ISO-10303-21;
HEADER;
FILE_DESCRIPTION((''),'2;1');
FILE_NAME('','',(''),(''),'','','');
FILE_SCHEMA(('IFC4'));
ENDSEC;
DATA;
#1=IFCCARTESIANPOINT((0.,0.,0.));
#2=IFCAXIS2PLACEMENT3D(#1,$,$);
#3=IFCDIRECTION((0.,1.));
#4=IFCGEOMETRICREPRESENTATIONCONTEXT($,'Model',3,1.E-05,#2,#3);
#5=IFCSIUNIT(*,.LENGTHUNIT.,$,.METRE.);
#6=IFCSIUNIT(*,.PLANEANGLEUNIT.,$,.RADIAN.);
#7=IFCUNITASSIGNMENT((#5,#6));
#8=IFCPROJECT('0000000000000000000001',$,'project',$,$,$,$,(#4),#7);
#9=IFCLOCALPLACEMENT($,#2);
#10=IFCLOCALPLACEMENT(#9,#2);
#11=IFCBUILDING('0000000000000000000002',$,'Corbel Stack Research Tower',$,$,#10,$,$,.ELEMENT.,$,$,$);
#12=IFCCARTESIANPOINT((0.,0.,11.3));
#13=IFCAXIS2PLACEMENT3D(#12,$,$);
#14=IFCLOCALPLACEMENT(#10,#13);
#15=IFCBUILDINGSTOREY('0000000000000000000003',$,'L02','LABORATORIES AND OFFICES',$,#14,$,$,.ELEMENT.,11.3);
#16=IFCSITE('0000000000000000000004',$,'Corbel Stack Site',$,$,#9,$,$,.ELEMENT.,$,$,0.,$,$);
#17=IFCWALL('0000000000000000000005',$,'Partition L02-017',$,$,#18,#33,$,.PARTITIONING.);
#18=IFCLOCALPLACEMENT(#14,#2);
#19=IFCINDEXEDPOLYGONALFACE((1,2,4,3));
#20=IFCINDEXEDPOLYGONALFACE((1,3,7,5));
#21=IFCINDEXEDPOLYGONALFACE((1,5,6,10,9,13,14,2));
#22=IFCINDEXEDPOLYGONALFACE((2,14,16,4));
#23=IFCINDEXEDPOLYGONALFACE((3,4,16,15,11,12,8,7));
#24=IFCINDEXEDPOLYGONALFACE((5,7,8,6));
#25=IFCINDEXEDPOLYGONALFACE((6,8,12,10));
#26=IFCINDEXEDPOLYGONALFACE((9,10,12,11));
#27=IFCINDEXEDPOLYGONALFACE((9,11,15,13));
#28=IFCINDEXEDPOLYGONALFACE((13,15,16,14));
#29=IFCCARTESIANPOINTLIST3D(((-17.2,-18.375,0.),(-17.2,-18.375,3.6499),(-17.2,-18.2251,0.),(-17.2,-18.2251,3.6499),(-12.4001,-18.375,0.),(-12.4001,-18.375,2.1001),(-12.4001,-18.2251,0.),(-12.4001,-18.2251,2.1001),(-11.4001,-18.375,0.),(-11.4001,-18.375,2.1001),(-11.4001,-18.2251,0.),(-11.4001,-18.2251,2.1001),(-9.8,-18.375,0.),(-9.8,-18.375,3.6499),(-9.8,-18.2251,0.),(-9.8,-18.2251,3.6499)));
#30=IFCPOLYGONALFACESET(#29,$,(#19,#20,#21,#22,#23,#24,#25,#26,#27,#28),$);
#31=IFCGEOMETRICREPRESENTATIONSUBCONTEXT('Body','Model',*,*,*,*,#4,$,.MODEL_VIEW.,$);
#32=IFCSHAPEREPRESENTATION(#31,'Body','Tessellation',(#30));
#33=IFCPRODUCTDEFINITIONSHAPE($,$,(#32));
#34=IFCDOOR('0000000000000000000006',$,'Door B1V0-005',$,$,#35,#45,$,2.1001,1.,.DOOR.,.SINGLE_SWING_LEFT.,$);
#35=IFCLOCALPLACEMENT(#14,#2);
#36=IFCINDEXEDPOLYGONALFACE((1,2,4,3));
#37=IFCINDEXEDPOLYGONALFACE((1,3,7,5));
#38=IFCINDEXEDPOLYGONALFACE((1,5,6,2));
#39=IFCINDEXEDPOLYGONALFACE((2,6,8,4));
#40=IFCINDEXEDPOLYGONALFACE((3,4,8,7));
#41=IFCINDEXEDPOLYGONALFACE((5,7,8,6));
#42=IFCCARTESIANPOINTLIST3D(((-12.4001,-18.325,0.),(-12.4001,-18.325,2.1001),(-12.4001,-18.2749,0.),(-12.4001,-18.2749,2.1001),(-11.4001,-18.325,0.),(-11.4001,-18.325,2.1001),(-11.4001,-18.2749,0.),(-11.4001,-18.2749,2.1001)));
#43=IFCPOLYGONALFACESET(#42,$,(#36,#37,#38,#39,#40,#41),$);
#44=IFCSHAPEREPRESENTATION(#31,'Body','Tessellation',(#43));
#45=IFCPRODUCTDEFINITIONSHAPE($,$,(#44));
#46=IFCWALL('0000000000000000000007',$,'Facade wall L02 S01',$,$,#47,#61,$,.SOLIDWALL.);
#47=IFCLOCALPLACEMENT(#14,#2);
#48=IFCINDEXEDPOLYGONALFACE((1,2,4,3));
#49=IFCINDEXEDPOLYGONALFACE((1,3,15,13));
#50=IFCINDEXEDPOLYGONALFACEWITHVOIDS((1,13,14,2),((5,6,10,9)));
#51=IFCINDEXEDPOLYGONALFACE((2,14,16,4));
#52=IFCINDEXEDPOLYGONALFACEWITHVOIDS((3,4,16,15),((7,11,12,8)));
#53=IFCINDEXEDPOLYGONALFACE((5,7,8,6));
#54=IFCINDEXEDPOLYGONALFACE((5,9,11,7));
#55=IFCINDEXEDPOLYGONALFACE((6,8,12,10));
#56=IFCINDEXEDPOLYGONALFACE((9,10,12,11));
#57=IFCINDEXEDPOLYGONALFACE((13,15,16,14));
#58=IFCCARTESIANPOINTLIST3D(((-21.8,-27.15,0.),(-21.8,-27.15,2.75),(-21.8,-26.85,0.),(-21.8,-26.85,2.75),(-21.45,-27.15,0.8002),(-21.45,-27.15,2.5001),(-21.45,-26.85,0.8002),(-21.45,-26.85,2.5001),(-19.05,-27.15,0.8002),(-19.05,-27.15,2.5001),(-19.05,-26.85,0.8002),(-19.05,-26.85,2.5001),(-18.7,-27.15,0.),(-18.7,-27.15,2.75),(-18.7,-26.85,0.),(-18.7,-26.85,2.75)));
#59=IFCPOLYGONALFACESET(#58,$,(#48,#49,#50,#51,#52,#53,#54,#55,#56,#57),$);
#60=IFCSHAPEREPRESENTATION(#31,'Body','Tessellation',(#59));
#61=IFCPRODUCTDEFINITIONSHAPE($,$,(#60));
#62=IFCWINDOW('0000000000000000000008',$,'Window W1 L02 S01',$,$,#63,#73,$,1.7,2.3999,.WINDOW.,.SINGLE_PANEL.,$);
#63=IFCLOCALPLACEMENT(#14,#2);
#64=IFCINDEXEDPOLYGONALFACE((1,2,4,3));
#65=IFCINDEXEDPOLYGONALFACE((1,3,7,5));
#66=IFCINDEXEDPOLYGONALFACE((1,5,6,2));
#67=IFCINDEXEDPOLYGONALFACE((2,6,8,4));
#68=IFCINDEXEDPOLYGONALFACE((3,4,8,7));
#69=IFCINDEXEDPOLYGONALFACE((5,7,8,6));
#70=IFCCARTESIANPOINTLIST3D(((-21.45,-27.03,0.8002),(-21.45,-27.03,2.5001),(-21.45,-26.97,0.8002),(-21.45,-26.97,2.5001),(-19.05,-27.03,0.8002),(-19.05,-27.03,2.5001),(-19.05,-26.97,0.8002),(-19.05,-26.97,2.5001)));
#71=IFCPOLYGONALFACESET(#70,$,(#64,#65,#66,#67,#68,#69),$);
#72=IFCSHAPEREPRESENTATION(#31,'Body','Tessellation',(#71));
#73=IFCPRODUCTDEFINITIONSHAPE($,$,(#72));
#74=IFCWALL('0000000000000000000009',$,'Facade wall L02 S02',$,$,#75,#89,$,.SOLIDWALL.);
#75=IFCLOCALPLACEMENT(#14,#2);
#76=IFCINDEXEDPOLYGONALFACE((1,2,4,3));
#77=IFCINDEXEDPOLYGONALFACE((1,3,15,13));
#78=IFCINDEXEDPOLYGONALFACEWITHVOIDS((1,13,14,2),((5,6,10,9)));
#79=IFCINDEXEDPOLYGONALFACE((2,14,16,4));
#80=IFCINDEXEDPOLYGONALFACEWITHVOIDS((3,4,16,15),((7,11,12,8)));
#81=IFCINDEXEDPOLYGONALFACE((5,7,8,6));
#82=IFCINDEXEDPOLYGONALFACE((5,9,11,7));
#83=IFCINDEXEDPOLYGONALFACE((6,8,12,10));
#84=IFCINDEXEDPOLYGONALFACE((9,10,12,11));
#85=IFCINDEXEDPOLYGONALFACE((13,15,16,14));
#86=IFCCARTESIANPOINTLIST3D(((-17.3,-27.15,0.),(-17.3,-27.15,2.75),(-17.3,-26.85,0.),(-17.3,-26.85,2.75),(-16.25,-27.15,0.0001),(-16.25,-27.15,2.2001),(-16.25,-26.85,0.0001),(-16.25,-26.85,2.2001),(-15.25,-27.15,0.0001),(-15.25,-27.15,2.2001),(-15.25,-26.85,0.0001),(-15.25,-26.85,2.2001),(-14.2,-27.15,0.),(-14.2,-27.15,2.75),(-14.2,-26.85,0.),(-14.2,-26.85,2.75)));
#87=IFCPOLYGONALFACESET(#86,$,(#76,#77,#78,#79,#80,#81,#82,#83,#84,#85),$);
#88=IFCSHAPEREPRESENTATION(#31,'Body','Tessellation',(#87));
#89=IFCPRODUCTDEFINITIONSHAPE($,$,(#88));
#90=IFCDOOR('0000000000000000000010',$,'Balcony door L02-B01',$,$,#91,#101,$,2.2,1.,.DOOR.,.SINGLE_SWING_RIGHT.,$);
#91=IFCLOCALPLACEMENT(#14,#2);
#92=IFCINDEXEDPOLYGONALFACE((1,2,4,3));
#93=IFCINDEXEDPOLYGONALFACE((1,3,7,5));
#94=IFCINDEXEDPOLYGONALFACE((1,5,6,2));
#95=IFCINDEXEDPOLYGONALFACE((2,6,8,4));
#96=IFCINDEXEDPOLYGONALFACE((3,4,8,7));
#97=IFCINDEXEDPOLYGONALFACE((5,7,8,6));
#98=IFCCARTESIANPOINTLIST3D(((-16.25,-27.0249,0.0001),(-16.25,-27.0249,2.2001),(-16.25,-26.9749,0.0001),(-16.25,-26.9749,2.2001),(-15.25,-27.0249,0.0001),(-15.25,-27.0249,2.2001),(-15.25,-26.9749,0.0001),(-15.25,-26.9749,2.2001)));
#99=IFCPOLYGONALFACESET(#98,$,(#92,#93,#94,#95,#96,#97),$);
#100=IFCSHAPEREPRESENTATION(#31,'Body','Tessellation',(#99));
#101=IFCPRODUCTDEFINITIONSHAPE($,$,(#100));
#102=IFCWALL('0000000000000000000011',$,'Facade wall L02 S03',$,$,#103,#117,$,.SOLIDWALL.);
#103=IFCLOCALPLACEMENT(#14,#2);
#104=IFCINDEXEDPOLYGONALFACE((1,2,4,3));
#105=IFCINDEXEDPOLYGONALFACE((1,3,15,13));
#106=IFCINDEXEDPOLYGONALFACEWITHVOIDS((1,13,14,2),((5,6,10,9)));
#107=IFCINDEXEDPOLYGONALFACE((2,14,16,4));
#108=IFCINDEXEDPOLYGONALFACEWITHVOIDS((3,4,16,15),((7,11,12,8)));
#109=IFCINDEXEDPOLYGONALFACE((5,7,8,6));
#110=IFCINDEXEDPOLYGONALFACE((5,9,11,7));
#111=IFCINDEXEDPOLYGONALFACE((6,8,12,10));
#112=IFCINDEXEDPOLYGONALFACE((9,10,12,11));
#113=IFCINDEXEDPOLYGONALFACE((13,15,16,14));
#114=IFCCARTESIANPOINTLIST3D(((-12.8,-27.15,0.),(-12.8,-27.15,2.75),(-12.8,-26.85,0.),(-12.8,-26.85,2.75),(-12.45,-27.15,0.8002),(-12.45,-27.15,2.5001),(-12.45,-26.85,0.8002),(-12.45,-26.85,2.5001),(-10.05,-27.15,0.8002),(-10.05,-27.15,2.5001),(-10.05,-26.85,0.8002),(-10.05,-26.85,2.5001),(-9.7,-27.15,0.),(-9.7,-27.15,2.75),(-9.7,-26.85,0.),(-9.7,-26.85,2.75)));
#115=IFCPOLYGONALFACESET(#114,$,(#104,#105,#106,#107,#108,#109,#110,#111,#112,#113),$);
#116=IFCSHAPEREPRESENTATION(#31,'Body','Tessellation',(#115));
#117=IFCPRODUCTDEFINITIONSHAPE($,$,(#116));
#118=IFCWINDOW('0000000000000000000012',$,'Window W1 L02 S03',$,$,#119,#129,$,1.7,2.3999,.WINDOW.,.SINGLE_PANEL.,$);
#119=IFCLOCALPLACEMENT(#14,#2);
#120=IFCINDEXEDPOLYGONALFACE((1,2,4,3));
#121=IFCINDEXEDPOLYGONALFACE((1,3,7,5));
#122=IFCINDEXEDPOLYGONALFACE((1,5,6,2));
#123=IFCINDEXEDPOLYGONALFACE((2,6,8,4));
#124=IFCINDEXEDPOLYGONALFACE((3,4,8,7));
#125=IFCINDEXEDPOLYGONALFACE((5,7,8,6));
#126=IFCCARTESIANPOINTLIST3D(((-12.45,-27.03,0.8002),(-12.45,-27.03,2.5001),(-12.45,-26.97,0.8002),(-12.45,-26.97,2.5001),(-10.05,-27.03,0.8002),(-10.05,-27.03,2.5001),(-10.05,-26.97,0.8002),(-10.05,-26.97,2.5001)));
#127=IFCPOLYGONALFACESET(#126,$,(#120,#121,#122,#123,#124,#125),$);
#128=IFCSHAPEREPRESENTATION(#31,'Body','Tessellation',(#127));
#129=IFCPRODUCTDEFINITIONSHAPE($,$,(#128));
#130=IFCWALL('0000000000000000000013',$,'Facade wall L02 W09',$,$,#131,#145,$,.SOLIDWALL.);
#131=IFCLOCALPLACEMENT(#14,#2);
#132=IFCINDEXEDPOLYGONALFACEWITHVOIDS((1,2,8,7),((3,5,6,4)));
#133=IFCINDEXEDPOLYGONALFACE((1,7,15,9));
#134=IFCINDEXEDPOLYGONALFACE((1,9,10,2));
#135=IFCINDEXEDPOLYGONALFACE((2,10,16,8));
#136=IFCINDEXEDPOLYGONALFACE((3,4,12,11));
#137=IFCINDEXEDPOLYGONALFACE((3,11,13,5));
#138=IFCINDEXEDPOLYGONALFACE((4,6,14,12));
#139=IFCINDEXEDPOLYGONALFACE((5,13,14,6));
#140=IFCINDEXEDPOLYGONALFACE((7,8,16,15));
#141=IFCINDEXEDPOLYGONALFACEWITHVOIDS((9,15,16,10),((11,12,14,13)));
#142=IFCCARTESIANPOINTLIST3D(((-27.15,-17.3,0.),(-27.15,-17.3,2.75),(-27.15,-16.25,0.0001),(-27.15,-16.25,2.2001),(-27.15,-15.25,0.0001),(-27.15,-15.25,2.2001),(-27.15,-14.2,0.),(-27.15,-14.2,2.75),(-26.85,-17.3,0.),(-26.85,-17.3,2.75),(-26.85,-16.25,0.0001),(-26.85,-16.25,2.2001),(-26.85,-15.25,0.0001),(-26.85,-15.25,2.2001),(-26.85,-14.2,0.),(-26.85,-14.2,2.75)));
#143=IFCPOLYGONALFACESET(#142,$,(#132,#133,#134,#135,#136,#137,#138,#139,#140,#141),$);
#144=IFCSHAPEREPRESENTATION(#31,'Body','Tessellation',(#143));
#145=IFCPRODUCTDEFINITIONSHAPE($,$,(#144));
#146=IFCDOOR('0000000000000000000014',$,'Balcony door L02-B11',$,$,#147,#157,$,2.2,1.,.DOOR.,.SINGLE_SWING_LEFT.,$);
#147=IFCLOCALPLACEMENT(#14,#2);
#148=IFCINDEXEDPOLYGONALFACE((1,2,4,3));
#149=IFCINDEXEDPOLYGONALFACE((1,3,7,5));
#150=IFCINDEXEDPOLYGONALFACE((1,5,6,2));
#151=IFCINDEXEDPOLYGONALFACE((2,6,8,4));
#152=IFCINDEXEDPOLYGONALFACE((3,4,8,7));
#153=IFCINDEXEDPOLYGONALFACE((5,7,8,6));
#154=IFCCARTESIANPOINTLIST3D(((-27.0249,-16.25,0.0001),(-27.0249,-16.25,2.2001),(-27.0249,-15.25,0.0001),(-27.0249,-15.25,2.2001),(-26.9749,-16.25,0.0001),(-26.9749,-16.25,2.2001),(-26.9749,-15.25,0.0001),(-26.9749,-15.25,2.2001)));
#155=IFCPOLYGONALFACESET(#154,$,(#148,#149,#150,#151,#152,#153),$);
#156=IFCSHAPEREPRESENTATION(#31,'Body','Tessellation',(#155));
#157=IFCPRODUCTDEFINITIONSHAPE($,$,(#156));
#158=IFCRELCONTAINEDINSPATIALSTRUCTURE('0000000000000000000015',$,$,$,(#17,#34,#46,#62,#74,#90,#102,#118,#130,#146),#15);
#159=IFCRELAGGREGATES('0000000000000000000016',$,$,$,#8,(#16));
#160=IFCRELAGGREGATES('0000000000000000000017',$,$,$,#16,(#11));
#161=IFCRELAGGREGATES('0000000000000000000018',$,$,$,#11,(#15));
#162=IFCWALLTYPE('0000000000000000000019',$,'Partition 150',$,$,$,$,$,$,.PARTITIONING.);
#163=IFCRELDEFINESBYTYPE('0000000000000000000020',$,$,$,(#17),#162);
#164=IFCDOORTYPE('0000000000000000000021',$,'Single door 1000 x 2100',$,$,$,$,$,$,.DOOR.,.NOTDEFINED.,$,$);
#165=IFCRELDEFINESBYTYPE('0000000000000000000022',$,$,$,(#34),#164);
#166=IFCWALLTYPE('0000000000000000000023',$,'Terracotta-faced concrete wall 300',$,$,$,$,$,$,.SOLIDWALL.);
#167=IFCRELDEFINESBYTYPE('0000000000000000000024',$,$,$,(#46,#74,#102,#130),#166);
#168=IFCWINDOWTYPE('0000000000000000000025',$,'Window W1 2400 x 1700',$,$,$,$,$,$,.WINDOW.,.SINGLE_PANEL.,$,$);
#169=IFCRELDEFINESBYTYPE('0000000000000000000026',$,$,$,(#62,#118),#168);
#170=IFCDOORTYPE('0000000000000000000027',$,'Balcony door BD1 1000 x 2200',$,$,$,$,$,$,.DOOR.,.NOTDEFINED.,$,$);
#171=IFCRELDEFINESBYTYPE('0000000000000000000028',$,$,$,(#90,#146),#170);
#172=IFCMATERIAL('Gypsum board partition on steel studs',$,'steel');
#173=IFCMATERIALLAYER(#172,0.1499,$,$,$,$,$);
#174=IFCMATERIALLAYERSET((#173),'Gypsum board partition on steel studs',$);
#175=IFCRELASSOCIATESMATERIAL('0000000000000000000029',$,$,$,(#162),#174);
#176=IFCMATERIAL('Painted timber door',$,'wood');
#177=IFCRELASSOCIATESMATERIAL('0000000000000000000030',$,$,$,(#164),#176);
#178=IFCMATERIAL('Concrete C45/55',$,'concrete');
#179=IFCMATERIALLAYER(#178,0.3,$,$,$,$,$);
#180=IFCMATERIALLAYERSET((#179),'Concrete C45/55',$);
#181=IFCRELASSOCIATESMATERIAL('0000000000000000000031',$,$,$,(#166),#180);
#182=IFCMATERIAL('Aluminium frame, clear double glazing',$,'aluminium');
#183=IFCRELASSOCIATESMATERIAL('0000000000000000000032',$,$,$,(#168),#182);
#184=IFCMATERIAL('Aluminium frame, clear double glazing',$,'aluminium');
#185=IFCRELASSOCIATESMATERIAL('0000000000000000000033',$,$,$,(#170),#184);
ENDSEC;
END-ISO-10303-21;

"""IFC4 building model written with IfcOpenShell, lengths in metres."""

from ifc_helpers import new_model, si_unit, direction, frame, frame_2d, origin, place, context, subcontext, project, spatial, rectangle, extrude, material, layer, layer_set, type_object, element, fill, save


model = new_model("IFC4")

# Units and contexts
model_context = context("Model", 3, precision=1e-05, world=origin(), true_north=direction((0.0, 1.0)))
body_context = subcontext(model_context, "Body", "Model", "MODEL_VIEW")
ifc_project = project(units=[si_unit("LENGTHUNIT", "METRE"), si_unit("PLANEANGLEUNIT", "RADIAN")], contexts=[model_context])

# Site, building, storey
site_placement = place(None, origin())
site = spatial("IfcSite", under=ifc_project, at=site_placement, Name="Corbel Stack Site", CompositionType="ELEMENT", RefElevation=0.0)
building_placement = place(site_placement, origin())
building = spatial("IfcBuilding", under=site, at=building_placement, Name="Corbel Stack Research Tower", CompositionType="ELEMENT")
storey_placement = place(building_placement, frame((0.0, 0.0, 11.3)))
storey = spatial("IfcBuildingStorey", under=building, at=storey_placement, Name="L02", Description="LABORATORIES AND OFFICES", CompositionType="ELEMENT", Elevation=11.3)

# Wall, opening, door
ifc_material_1 = material(Name="Gypsum board partition on steel studs", Category="steel")
ifc_layer_1 = layer(ifc_material_1, 0.1499)
ifc_layer_set_1 = layer_set([ifc_layer_1], Name="Gypsum board partition on steel studs")
wall_type_1 = type_object("IfcWallType", Name="Partition 150", PredefinedType="PARTITIONING", material=ifc_layer_set_1)
ifc_material_2 = material(Name="Painted timber door", Category="wood")
door_type_1 = type_object("IfcDoorType", Name="Single door 1000 x 2100", OperationType="NOTDEFINED", PredefinedType="DOOR", material=ifc_material_2)
wall_1_placement = place(storey_placement, frame((-9.8, -18.3, 0.0), z_axis=(0.0, 0.0, 1.0), x_axis=(-1.0, 0.0, 0.0)))
wall_1 = element("IfcWall", 1, at=wall_1_placement, inside=storey, type_object=wall_type_1, Name="Partition L02-017", PredefinedType="PARTITIONING", context=body_context, shape_type="SweptSolid", body=[
    extrude(rectangle(XDim=7.3999, YDim=0.1499, at=frame_2d((3.7, 0.0))), origin(), (0.0, 0.0, 1.0), 3.6499),
])
opening_1_placement = place(wall_1_placement, frame((1.6001, 0.0, 0.0)))
opening_1 = element("IfcOpeningElement", 2, at=opening_1_placement, cuts=wall_1, PredefinedType="OPENING", context=body_context, shape_type="SweptSolid", body=[
    extrude(rectangle(XDim=1.0, YDim=2.1001, at=frame_2d((0.5, 1.05))), frame((0.0, 0.085, 0.0), z_axis=(0.0, -1.0, 0.0), x_axis=(1.0, 0.0, 0.0)), (0.0, 0.0, 1.0), 0.1699),
])
door_1_placement = place(opening_1_placement, origin())
door_1 = element("IfcDoor", 3, at=door_1_placement, inside=storey, type_object=door_type_1, Name="Door B1V0-005", OperationType="SINGLE_SWING_LEFT", OverallHeight=2.1001, OverallWidth=1.0, PredefinedType="DOOR", context=body_context, shape_type="SweptSolid", body=[
    extrude(rectangle(XDim=1.0, YDim=2.1001, at=frame_2d((0.5, 1.05))), frame((0.0, 0.0249, 0.0), z_axis=(0.0, -1.0, 0.0), x_axis=(1.0, 0.0, 0.0)), (0.0, 0.0, 1.0), 0.05),
])
fill(opening_1, door_1)

# Wall, opening, window
ifc_material_3 = material(Name="Concrete C45/55", Category="concrete")
ifc_layer_2 = layer(ifc_material_3, 0.3)
ifc_layer_set_2 = layer_set([ifc_layer_2], Name="Concrete C45/55")
wall_type_2 = type_object("IfcWallType", Name="Terracotta-faced concrete wall 300", PredefinedType="SOLIDWALL", material=ifc_layer_set_2)
wall_2_placement = place(storey_placement, frame((-18.7, -27.0, 0.0), z_axis=(0.0, 0.0, 1.0), x_axis=(-1.0, 0.0, 0.0)))
wall_2 = element("IfcWall", 4, at=wall_2_placement, inside=storey, type_object=wall_type_2, Name="Facade wall L02 S01", PredefinedType="SOLIDWALL", context=body_context, shape_type="SweptSolid", body=[
    extrude(rectangle(XDim=3.1001, YDim=0.3, at=frame_2d((1.55, 0.0))), origin(), (0.0, 0.0, 1.0), 2.75),
])
opening_2_placement = place(wall_2_placement, frame((0.3501, 0.0, 0.8)))
opening_2 = element("IfcOpeningElement", 5, at=opening_2_placement, cuts=wall_2, PredefinedType="OPENING", context=body_context, shape_type="SweptSolid", body=[
    extrude(rectangle(XDim=2.3999, YDim=1.7, at=frame_2d((1.2, 0.8501))), frame((0.0, 0.1599, 0.0), z_axis=(0.0, -1.0, 0.0), x_axis=(1.0, 0.0, 0.0)), (0.0, 0.0, 1.0), 0.3201),
])
ifc_material_4 = material(Name="Aluminium frame, clear double glazing", Category="aluminium")
window_type = type_object("IfcWindowType", Name="Window W1 2400 x 1700", PartitioningType="SINGLE_PANEL", PredefinedType="WINDOW", material=ifc_material_4)
window_1_placement = place(opening_2_placement, origin())
window_1 = element("IfcWindow", 6, at=window_1_placement, inside=storey, type_object=window_type, Name="Window W1 L02 S01", OverallHeight=1.7, OverallWidth=2.3999, PartitioningType="SINGLE_PANEL", PredefinedType="WINDOW", context=body_context, shape_type="SweptSolid", body=[
    extrude(rectangle(XDim=2.3999, YDim=1.7, at=frame_2d((1.2, 0.8501))), frame((0.0, 0.03, 0.0), z_axis=(0.0, -1.0, 0.0), x_axis=(1.0, 0.0, 0.0)), (0.0, 0.0, 1.0), 0.0601),
])
fill(opening_2, window_1)

# Wall, opening, door
wall_3_placement = place(storey_placement, frame((-14.2, -27.0, 0.0), z_axis=(0.0, 0.0, 1.0), x_axis=(-1.0, 0.0, 0.0)))
wall_3 = element("IfcWall", 7, at=wall_3_placement, inside=storey, type_object=wall_type_2, Name="Facade wall L02 S02", PredefinedType="SOLIDWALL", context=body_context, shape_type="SweptSolid", body=[
    extrude(rectangle(XDim=3.1001, YDim=0.3, at=frame_2d((1.55, 0.0))), origin(), (0.0, 0.0, 1.0), 2.75),
])
opening_3_placement = place(wall_3_placement, frame((1.05, 0.0, 0.0)))
opening_3 = element("IfcOpeningElement", 8, at=opening_3_placement, cuts=wall_3, PredefinedType="OPENING", context=body_context, shape_type="SweptSolid", body=[
    extrude(rectangle(XDim=1.0, YDim=2.2, at=frame_2d((0.5, 1.1001))), frame((0.0, 0.1599, 0.0), z_axis=(0.0, -1.0, 0.0), x_axis=(1.0, 0.0, 0.0)), (0.0, 0.0, 1.0), 0.3201),
])
ifc_material_5 = material(Name="Aluminium frame, clear double glazing", Category="aluminium")
door_type_2 = type_object("IfcDoorType", Name="Balcony door BD1 1000 x 2200", OperationType="NOTDEFINED", PredefinedType="DOOR", material=ifc_material_5)
door_2_placement = place(opening_3_placement, origin())
door_2 = element("IfcDoor", 9, at=door_2_placement, inside=storey, type_object=door_type_2, Name="Balcony door L02-B01", OperationType="SINGLE_SWING_RIGHT", OverallHeight=2.2, OverallWidth=1.0, PredefinedType="DOOR", context=body_context, shape_type="SweptSolid", body=[
    extrude(rectangle(XDim=1.0, YDim=2.2, at=frame_2d((0.5, 1.1001))), frame((0.0, 0.0249, 0.0), z_axis=(0.0, -1.0, 0.0), x_axis=(1.0, 0.0, 0.0)), (0.0, 0.0, 1.0), 0.05),
])
fill(opening_3, door_2)

# Wall, opening, window
wall_4_placement = place(storey_placement, frame((-9.7, -27.0, 0.0), z_axis=(0.0, 0.0, 1.0), x_axis=(-1.0, 0.0, 0.0)))
wall_4 = element("IfcWall", 10, at=wall_4_placement, inside=storey, type_object=wall_type_2, Name="Facade wall L02 S03", PredefinedType="SOLIDWALL", context=body_context, shape_type="SweptSolid", body=[
    extrude(rectangle(XDim=3.1001, YDim=0.3, at=frame_2d((1.55, 0.0))), origin(), (0.0, 0.0, 1.0), 2.75),
])
opening_4_placement = place(wall_4_placement, frame((0.3501, 0.0, 0.8)))
opening_4 = element("IfcOpeningElement", 11, at=opening_4_placement, cuts=wall_4, PredefinedType="OPENING", context=body_context, shape_type="SweptSolid", body=[
    extrude(rectangle(XDim=2.3999, YDim=1.7, at=frame_2d((1.2, 0.8501))), frame((0.0, 0.1599, 0.0), z_axis=(0.0, -1.0, 0.0), x_axis=(1.0, 0.0, 0.0)), (0.0, 0.0, 1.0), 0.3201),
])
window_2_placement = place(opening_4_placement, origin())
window_2 = element("IfcWindow", 12, at=window_2_placement, inside=storey, type_object=window_type, Name="Window W1 L02 S03", OverallHeight=1.7, OverallWidth=2.3999, PartitioningType="SINGLE_PANEL", PredefinedType="WINDOW", context=body_context, shape_type="SweptSolid", body=[
    extrude(rectangle(XDim=2.3999, YDim=1.7, at=frame_2d((1.2, 0.8501))), frame((0.0, 0.03, 0.0), z_axis=(0.0, -1.0, 0.0), x_axis=(1.0, 0.0, 0.0)), (0.0, 0.0, 1.0), 0.0601),
])
fill(opening_4, window_2)

# Wall, opening, door
wall_5_placement = place(storey_placement, frame((-27.0, -17.3, 0.0), z_axis=(0.0, 0.0, 1.0), x_axis=(0.0, 1.0, 0.0)))
wall_5 = element("IfcWall", 13, at=wall_5_placement, inside=storey, type_object=wall_type_2, Name="Facade wall L02 W09", PredefinedType="SOLIDWALL", context=body_context, shape_type="SweptSolid", body=[
    extrude(rectangle(XDim=3.1001, YDim=0.3, at=frame_2d((1.55, 0.0))), origin(), (0.0, 0.0, 1.0), 2.75),
])
opening_5_placement = place(wall_5_placement, frame((1.05, 0.0, 0.0)))
opening_5 = element("IfcOpeningElement", 14, at=opening_5_placement, cuts=wall_5, PredefinedType="OPENING", context=body_context, shape_type="SweptSolid", body=[
    extrude(rectangle(XDim=1.0, YDim=2.2, at=frame_2d((0.5, 1.1001))), frame((0.0, 0.1599, 0.0), z_axis=(0.0, -1.0, 0.0), x_axis=(1.0, 0.0, 0.0)), (0.0, 0.0, 1.0), 0.3201),
])
door_3_placement = place(opening_5_placement, origin())
door_3 = element("IfcDoor", 15, at=door_3_placement, inside=storey, type_object=door_type_2, Name="Balcony door L02-B11", OperationType="SINGLE_SWING_LEFT", OverallHeight=2.2, OverallWidth=1.0, PredefinedType="DOOR", context=body_context, shape_type="SweptSolid", body=[
    extrude(rectangle(XDim=1.0, YDim=2.2, at=frame_2d((0.5, 1.1001))), frame((0.0, 0.0249, 0.0), z_axis=(0.0, -1.0, 0.0), x_axis=(1.0, 0.0, 0.0)), (0.0, 0.0, 1.0), 0.05),
])
fill(opening_5, door_3)

save(model, "model.ifc")
